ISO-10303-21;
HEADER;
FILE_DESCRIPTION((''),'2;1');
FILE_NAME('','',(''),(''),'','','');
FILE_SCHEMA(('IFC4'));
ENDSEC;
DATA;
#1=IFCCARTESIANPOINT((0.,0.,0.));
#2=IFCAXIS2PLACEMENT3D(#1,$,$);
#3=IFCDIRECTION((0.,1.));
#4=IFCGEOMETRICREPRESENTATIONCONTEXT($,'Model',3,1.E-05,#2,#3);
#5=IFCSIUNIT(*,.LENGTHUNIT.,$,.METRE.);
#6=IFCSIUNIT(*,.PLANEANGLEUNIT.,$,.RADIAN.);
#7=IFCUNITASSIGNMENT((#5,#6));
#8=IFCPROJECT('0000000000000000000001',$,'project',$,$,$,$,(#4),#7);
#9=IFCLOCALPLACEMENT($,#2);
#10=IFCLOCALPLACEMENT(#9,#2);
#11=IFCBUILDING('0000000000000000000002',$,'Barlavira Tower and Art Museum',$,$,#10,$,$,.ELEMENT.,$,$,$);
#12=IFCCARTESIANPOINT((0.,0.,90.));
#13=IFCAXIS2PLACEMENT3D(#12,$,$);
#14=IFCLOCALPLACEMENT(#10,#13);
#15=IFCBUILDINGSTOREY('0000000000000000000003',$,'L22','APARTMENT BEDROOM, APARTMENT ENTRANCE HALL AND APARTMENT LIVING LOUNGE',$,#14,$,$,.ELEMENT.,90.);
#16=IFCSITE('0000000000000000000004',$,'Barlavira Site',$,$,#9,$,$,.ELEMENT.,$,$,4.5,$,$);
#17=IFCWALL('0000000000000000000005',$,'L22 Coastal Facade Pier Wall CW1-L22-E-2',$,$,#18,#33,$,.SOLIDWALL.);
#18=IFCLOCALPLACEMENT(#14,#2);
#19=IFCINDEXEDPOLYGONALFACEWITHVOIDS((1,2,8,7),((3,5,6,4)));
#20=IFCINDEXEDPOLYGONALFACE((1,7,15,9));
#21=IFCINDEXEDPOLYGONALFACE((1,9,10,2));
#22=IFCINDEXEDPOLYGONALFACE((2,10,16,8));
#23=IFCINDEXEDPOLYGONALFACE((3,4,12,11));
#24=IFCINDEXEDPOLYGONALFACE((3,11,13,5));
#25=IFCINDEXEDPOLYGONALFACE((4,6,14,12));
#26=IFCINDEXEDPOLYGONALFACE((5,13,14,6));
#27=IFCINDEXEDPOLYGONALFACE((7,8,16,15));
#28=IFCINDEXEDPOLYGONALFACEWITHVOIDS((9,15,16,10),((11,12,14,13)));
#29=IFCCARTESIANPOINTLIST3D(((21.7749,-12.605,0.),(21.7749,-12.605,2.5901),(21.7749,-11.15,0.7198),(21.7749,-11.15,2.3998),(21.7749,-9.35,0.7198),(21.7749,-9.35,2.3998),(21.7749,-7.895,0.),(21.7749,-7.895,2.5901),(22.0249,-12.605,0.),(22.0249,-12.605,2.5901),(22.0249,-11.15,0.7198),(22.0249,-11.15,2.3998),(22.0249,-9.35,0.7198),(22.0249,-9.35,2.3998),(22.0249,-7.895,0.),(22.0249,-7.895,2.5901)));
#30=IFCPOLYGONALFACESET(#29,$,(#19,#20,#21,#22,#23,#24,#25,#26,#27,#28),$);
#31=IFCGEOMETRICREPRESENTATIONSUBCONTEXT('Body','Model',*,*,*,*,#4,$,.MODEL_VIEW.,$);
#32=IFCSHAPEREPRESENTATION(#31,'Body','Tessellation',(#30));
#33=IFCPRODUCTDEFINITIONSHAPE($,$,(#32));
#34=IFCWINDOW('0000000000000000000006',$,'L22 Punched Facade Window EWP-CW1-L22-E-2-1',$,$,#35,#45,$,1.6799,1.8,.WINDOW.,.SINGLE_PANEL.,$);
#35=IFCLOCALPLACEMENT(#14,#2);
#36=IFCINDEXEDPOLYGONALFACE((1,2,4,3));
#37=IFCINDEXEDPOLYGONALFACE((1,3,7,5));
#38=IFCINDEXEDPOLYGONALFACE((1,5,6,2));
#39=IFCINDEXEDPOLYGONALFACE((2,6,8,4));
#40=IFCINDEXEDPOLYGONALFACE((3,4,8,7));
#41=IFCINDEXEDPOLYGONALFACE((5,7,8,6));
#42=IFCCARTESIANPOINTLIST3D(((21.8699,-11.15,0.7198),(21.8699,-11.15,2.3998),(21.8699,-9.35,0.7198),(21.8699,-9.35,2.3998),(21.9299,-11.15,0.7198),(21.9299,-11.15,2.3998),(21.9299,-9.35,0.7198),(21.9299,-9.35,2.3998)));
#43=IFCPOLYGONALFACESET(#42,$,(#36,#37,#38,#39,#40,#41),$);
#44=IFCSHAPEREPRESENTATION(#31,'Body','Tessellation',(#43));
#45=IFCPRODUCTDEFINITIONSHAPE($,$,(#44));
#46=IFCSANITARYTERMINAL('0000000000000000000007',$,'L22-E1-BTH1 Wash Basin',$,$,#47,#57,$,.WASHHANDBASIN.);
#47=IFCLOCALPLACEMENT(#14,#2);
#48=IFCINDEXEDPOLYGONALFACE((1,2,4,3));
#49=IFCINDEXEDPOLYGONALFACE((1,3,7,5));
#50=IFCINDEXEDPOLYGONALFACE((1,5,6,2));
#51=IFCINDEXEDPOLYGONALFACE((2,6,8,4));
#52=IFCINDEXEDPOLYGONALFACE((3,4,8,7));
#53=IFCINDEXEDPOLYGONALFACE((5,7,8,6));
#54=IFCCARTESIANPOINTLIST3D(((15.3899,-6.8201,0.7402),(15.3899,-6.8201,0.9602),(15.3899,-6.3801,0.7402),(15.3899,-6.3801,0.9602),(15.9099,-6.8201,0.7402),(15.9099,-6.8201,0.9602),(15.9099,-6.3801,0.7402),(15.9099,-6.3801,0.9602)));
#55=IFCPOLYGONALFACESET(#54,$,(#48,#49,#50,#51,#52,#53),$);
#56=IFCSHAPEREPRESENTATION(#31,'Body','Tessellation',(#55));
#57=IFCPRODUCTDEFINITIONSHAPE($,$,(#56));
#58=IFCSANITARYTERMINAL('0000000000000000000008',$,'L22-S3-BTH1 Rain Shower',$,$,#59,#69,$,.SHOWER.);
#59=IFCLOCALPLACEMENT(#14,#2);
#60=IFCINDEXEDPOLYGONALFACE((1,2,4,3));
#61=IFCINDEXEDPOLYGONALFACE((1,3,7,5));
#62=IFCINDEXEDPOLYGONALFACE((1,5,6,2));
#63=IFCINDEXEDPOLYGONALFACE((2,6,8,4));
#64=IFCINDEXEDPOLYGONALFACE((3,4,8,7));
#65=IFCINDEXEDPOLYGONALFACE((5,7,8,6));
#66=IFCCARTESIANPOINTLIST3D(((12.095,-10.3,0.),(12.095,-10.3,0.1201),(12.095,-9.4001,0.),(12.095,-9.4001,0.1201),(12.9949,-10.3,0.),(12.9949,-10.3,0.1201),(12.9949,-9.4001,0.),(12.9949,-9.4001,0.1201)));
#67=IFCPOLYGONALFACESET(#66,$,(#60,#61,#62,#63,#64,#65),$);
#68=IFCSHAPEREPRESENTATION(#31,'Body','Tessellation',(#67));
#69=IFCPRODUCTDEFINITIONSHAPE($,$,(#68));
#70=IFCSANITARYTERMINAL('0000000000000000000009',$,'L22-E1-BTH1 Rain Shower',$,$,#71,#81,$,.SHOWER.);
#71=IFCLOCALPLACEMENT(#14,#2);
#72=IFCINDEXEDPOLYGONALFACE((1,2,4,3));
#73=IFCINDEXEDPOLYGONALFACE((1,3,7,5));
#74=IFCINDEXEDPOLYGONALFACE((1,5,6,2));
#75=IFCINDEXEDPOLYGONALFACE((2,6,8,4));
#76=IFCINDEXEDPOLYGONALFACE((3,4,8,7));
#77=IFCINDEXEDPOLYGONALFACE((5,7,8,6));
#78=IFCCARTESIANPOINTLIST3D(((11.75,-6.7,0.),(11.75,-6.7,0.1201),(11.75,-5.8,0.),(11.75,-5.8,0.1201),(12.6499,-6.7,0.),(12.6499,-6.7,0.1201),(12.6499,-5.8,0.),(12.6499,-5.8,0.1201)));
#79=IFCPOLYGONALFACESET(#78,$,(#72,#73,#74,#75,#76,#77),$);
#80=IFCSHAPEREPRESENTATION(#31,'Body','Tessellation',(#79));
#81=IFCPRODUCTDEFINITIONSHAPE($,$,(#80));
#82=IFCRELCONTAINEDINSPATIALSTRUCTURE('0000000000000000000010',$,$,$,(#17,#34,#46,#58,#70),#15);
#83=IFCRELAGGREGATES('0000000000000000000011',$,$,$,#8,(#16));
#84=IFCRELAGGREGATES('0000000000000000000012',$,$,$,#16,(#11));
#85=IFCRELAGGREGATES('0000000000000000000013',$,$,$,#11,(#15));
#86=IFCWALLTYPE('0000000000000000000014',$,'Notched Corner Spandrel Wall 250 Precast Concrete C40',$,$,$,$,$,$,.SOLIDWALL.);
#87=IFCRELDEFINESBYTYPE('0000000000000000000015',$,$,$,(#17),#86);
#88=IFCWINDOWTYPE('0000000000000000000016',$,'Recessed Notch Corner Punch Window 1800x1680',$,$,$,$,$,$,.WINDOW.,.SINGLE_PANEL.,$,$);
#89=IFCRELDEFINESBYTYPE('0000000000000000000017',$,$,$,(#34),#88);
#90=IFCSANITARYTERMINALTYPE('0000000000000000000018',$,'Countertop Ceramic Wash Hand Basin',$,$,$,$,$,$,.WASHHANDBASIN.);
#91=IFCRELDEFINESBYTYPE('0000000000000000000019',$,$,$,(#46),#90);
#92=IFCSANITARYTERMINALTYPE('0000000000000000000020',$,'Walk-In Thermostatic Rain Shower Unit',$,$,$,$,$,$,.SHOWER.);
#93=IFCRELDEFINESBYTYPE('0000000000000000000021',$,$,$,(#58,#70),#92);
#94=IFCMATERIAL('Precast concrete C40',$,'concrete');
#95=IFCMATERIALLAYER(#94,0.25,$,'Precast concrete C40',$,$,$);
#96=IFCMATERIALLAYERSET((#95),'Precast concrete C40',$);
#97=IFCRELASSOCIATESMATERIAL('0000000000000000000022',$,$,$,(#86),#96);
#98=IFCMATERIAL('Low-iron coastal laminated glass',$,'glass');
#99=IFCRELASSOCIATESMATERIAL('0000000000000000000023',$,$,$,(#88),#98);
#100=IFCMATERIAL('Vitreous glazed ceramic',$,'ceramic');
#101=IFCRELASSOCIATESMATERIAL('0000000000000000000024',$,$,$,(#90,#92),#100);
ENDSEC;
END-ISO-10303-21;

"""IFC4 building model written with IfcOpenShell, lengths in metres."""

from ifc_helpers import new_model, si_unit, direction, frame, frame_2d, origin, origin_2d, place, context, subcontext, project, spatial, rectangle, extrude, material, layer, layer_set, type_object, element, fill, save


model = new_model("IFC4")

# Units and contexts
model_context = context("Model", 3, precision=1e-05, world=origin(), true_north=direction((0.0, 1.0)))
body_context = subcontext(model_context, "Body", "Model", "MODEL_VIEW")
ifc_project = project(units=[si_unit("LENGTHUNIT", "METRE"), si_unit("PLANEANGLEUNIT", "RADIAN")], contexts=[model_context])

# Site, building, storey
site_placement = place(None, origin())
site = spatial("IfcSite", under=ifc_project, at=site_placement, Name="Barlavira Site", CompositionType="ELEMENT", RefElevation=4.5)
building_placement = place(site_placement, origin())
building = spatial("IfcBuilding", under=site, at=building_placement, Name="Barlavira Tower and Art Museum", CompositionType="ELEMENT")
storey_placement = place(building_placement, frame((0.0, 0.0, 90.0)))
storey = spatial("IfcBuildingStorey", under=building, at=storey_placement, Name="L22", Description="APARTMENT BEDROOM, APARTMENT ENTRANCE HALL AND APARTMENT LIVING LOUNGE", CompositionType="ELEMENT", Elevation=90.0)

# Shared definitions
ifc_material_1 = material(Name="Low-iron coastal laminated glass", Category="glass")

# Wall, opening, window
ifc_material_2 = material(Name="Precast concrete C40", Category="concrete")
ifc_layer_1 = layer(ifc_material_2, 0.25, Name="Precast concrete C40")
ifc_layer_set_1 = layer_set([ifc_layer_1], Name="Precast concrete C40")
wall_type_1 = type_object("IfcWallType", Name="Notched Corner Spandrel Wall 250 Precast Concrete C40", PredefinedType="SOLIDWALL", material=ifc_layer_set_1)
wall_1_placement = place(storey_placement, frame((21.8999, -12.605, 0.0), z_axis=(0.0, 0.0, 1.0), x_axis=(0.0, 1.0, 0.0)))
wall_1 = element("IfcWall", 1, at=wall_1_placement, inside=storey, type_object=wall_type_1, Name="L22 Coastal Facade Pier Wall CW1-L22-E-2", PredefinedType="SOLIDWALL", context=body_context, shape_type="SweptSolid", body=[
    extrude(rectangle(XDim=4.71, YDim=0.25, at=frame_2d((2.355, 0.0))), origin(), (0.0, 0.0, 1.0), 2.5901),
])
opening_1_placement = place(wall_1_placement, frame((1.4551, 0.0, 0.72)))
opening_1 = element("IfcOpeningElement", 2, at=opening_1_placement, cuts=wall_1, PredefinedType="OPENING", context=body_context, shape_type="SweptSolid", body=[
    extrude(rectangle(XDim=1.8, YDim=1.6799, at=frame_2d((0.8999, 0.8398))), frame((0.0, 0.135, 0.0), z_axis=(0.0, -1.0, 0.0), x_axis=(1.0, 0.0, 0.0)), (0.0, 0.0, 1.0), 0.27),
])
window_type = type_object("IfcWindowType", Name="Recessed Notch Corner Punch Window 1800x1680", PartitioningType="SINGLE_PANEL", PredefinedType="WINDOW", material=ifc_material_1)
window_placement = place(opening_1_placement, origin())
window = element("IfcWindow", 3, at=window_placement, inside=storey, type_object=window_type, Name="L22 Punched Facade Window EWP-CW1-L22-E-2-1", OverallHeight=1.6799, OverallWidth=1.8, PartitioningType="SINGLE_PANEL", PredefinedType="WINDOW", context=body_context, shape_type="SweptSolid", body=[
    extrude(rectangle(XDim=1.8, YDim=1.6799, at=frame_2d((0.8999, 0.8398))), frame((0.0, 0.03, 0.0), z_axis=(0.0, -1.0, 0.0), x_axis=(1.0, 0.0, 0.0)), (0.0, 0.0, 1.0), 0.0601),
])
fill(opening_1, window)

# Sanitary terminals
ifc_material_3 = material(Name="Vitreous glazed ceramic", Category="ceramic")
sanitary_terminal_type_1 = type_object("IfcSanitaryTerminalType", Name="Countertop Ceramic Wash Hand Basin", PredefinedType="WASHHANDBASIN", material=ifc_material_3)
sanitary_terminal_placement = place(storey_placement, frame((15.6499, -6.6001, 0.7402), z_axis=(0.0, 0.0, 1.0), x_axis=(1.0, 0.0, 0.0)))
element("IfcSanitaryTerminal", 4, at=sanitary_terminal_placement, inside=storey, type_object=sanitary_terminal_type_1, Name="L22-E1-BTH1 Wash Basin", PredefinedType="WASHHANDBASIN", context=body_context, shape_type="SweptSolid", body=[
    extrude(rectangle(XDim=0.52, YDim=0.4399, at=origin_2d()), origin(), (0.0, 0.0, 1.0), 0.22),
])
sanitary_terminal_type_2 = type_object("IfcSanitaryTerminalType", Name="Walk-In Thermostatic Rain Shower Unit", PredefinedType="SHOWER", material=ifc_material_3)
for number, where, z_axis, x_axis, name in (
    (5, (12.5449, -9.8501, 0.0), (0.0, 0.0, 1.0), (1.0, 0.0, 0.0), "L22-S3-BTH1 Rain Shower"),
    (6, (12.2, -6.25, 0.0), (0.0, 0.0, 1.0), (1.0, 0.0, 0.0), "L22-E1-BTH1 Rain Shower"),
):
    element("IfcSanitaryTerminal", number, at=place(storey_placement, frame(where, z_axis=z_axis, x_axis=x_axis)), inside=storey, type_object=sanitary_terminal_type_2, Name=name, PredefinedType="SHOWER", context=body_context, shape_type="SweptSolid", body=[
        extrude(rectangle(XDim=0.8999, YDim=0.8999, at=origin_2d()), origin(), (0.0, 0.0, 1.0), 0.1201),
    ])

save(model, "model.ifc")
